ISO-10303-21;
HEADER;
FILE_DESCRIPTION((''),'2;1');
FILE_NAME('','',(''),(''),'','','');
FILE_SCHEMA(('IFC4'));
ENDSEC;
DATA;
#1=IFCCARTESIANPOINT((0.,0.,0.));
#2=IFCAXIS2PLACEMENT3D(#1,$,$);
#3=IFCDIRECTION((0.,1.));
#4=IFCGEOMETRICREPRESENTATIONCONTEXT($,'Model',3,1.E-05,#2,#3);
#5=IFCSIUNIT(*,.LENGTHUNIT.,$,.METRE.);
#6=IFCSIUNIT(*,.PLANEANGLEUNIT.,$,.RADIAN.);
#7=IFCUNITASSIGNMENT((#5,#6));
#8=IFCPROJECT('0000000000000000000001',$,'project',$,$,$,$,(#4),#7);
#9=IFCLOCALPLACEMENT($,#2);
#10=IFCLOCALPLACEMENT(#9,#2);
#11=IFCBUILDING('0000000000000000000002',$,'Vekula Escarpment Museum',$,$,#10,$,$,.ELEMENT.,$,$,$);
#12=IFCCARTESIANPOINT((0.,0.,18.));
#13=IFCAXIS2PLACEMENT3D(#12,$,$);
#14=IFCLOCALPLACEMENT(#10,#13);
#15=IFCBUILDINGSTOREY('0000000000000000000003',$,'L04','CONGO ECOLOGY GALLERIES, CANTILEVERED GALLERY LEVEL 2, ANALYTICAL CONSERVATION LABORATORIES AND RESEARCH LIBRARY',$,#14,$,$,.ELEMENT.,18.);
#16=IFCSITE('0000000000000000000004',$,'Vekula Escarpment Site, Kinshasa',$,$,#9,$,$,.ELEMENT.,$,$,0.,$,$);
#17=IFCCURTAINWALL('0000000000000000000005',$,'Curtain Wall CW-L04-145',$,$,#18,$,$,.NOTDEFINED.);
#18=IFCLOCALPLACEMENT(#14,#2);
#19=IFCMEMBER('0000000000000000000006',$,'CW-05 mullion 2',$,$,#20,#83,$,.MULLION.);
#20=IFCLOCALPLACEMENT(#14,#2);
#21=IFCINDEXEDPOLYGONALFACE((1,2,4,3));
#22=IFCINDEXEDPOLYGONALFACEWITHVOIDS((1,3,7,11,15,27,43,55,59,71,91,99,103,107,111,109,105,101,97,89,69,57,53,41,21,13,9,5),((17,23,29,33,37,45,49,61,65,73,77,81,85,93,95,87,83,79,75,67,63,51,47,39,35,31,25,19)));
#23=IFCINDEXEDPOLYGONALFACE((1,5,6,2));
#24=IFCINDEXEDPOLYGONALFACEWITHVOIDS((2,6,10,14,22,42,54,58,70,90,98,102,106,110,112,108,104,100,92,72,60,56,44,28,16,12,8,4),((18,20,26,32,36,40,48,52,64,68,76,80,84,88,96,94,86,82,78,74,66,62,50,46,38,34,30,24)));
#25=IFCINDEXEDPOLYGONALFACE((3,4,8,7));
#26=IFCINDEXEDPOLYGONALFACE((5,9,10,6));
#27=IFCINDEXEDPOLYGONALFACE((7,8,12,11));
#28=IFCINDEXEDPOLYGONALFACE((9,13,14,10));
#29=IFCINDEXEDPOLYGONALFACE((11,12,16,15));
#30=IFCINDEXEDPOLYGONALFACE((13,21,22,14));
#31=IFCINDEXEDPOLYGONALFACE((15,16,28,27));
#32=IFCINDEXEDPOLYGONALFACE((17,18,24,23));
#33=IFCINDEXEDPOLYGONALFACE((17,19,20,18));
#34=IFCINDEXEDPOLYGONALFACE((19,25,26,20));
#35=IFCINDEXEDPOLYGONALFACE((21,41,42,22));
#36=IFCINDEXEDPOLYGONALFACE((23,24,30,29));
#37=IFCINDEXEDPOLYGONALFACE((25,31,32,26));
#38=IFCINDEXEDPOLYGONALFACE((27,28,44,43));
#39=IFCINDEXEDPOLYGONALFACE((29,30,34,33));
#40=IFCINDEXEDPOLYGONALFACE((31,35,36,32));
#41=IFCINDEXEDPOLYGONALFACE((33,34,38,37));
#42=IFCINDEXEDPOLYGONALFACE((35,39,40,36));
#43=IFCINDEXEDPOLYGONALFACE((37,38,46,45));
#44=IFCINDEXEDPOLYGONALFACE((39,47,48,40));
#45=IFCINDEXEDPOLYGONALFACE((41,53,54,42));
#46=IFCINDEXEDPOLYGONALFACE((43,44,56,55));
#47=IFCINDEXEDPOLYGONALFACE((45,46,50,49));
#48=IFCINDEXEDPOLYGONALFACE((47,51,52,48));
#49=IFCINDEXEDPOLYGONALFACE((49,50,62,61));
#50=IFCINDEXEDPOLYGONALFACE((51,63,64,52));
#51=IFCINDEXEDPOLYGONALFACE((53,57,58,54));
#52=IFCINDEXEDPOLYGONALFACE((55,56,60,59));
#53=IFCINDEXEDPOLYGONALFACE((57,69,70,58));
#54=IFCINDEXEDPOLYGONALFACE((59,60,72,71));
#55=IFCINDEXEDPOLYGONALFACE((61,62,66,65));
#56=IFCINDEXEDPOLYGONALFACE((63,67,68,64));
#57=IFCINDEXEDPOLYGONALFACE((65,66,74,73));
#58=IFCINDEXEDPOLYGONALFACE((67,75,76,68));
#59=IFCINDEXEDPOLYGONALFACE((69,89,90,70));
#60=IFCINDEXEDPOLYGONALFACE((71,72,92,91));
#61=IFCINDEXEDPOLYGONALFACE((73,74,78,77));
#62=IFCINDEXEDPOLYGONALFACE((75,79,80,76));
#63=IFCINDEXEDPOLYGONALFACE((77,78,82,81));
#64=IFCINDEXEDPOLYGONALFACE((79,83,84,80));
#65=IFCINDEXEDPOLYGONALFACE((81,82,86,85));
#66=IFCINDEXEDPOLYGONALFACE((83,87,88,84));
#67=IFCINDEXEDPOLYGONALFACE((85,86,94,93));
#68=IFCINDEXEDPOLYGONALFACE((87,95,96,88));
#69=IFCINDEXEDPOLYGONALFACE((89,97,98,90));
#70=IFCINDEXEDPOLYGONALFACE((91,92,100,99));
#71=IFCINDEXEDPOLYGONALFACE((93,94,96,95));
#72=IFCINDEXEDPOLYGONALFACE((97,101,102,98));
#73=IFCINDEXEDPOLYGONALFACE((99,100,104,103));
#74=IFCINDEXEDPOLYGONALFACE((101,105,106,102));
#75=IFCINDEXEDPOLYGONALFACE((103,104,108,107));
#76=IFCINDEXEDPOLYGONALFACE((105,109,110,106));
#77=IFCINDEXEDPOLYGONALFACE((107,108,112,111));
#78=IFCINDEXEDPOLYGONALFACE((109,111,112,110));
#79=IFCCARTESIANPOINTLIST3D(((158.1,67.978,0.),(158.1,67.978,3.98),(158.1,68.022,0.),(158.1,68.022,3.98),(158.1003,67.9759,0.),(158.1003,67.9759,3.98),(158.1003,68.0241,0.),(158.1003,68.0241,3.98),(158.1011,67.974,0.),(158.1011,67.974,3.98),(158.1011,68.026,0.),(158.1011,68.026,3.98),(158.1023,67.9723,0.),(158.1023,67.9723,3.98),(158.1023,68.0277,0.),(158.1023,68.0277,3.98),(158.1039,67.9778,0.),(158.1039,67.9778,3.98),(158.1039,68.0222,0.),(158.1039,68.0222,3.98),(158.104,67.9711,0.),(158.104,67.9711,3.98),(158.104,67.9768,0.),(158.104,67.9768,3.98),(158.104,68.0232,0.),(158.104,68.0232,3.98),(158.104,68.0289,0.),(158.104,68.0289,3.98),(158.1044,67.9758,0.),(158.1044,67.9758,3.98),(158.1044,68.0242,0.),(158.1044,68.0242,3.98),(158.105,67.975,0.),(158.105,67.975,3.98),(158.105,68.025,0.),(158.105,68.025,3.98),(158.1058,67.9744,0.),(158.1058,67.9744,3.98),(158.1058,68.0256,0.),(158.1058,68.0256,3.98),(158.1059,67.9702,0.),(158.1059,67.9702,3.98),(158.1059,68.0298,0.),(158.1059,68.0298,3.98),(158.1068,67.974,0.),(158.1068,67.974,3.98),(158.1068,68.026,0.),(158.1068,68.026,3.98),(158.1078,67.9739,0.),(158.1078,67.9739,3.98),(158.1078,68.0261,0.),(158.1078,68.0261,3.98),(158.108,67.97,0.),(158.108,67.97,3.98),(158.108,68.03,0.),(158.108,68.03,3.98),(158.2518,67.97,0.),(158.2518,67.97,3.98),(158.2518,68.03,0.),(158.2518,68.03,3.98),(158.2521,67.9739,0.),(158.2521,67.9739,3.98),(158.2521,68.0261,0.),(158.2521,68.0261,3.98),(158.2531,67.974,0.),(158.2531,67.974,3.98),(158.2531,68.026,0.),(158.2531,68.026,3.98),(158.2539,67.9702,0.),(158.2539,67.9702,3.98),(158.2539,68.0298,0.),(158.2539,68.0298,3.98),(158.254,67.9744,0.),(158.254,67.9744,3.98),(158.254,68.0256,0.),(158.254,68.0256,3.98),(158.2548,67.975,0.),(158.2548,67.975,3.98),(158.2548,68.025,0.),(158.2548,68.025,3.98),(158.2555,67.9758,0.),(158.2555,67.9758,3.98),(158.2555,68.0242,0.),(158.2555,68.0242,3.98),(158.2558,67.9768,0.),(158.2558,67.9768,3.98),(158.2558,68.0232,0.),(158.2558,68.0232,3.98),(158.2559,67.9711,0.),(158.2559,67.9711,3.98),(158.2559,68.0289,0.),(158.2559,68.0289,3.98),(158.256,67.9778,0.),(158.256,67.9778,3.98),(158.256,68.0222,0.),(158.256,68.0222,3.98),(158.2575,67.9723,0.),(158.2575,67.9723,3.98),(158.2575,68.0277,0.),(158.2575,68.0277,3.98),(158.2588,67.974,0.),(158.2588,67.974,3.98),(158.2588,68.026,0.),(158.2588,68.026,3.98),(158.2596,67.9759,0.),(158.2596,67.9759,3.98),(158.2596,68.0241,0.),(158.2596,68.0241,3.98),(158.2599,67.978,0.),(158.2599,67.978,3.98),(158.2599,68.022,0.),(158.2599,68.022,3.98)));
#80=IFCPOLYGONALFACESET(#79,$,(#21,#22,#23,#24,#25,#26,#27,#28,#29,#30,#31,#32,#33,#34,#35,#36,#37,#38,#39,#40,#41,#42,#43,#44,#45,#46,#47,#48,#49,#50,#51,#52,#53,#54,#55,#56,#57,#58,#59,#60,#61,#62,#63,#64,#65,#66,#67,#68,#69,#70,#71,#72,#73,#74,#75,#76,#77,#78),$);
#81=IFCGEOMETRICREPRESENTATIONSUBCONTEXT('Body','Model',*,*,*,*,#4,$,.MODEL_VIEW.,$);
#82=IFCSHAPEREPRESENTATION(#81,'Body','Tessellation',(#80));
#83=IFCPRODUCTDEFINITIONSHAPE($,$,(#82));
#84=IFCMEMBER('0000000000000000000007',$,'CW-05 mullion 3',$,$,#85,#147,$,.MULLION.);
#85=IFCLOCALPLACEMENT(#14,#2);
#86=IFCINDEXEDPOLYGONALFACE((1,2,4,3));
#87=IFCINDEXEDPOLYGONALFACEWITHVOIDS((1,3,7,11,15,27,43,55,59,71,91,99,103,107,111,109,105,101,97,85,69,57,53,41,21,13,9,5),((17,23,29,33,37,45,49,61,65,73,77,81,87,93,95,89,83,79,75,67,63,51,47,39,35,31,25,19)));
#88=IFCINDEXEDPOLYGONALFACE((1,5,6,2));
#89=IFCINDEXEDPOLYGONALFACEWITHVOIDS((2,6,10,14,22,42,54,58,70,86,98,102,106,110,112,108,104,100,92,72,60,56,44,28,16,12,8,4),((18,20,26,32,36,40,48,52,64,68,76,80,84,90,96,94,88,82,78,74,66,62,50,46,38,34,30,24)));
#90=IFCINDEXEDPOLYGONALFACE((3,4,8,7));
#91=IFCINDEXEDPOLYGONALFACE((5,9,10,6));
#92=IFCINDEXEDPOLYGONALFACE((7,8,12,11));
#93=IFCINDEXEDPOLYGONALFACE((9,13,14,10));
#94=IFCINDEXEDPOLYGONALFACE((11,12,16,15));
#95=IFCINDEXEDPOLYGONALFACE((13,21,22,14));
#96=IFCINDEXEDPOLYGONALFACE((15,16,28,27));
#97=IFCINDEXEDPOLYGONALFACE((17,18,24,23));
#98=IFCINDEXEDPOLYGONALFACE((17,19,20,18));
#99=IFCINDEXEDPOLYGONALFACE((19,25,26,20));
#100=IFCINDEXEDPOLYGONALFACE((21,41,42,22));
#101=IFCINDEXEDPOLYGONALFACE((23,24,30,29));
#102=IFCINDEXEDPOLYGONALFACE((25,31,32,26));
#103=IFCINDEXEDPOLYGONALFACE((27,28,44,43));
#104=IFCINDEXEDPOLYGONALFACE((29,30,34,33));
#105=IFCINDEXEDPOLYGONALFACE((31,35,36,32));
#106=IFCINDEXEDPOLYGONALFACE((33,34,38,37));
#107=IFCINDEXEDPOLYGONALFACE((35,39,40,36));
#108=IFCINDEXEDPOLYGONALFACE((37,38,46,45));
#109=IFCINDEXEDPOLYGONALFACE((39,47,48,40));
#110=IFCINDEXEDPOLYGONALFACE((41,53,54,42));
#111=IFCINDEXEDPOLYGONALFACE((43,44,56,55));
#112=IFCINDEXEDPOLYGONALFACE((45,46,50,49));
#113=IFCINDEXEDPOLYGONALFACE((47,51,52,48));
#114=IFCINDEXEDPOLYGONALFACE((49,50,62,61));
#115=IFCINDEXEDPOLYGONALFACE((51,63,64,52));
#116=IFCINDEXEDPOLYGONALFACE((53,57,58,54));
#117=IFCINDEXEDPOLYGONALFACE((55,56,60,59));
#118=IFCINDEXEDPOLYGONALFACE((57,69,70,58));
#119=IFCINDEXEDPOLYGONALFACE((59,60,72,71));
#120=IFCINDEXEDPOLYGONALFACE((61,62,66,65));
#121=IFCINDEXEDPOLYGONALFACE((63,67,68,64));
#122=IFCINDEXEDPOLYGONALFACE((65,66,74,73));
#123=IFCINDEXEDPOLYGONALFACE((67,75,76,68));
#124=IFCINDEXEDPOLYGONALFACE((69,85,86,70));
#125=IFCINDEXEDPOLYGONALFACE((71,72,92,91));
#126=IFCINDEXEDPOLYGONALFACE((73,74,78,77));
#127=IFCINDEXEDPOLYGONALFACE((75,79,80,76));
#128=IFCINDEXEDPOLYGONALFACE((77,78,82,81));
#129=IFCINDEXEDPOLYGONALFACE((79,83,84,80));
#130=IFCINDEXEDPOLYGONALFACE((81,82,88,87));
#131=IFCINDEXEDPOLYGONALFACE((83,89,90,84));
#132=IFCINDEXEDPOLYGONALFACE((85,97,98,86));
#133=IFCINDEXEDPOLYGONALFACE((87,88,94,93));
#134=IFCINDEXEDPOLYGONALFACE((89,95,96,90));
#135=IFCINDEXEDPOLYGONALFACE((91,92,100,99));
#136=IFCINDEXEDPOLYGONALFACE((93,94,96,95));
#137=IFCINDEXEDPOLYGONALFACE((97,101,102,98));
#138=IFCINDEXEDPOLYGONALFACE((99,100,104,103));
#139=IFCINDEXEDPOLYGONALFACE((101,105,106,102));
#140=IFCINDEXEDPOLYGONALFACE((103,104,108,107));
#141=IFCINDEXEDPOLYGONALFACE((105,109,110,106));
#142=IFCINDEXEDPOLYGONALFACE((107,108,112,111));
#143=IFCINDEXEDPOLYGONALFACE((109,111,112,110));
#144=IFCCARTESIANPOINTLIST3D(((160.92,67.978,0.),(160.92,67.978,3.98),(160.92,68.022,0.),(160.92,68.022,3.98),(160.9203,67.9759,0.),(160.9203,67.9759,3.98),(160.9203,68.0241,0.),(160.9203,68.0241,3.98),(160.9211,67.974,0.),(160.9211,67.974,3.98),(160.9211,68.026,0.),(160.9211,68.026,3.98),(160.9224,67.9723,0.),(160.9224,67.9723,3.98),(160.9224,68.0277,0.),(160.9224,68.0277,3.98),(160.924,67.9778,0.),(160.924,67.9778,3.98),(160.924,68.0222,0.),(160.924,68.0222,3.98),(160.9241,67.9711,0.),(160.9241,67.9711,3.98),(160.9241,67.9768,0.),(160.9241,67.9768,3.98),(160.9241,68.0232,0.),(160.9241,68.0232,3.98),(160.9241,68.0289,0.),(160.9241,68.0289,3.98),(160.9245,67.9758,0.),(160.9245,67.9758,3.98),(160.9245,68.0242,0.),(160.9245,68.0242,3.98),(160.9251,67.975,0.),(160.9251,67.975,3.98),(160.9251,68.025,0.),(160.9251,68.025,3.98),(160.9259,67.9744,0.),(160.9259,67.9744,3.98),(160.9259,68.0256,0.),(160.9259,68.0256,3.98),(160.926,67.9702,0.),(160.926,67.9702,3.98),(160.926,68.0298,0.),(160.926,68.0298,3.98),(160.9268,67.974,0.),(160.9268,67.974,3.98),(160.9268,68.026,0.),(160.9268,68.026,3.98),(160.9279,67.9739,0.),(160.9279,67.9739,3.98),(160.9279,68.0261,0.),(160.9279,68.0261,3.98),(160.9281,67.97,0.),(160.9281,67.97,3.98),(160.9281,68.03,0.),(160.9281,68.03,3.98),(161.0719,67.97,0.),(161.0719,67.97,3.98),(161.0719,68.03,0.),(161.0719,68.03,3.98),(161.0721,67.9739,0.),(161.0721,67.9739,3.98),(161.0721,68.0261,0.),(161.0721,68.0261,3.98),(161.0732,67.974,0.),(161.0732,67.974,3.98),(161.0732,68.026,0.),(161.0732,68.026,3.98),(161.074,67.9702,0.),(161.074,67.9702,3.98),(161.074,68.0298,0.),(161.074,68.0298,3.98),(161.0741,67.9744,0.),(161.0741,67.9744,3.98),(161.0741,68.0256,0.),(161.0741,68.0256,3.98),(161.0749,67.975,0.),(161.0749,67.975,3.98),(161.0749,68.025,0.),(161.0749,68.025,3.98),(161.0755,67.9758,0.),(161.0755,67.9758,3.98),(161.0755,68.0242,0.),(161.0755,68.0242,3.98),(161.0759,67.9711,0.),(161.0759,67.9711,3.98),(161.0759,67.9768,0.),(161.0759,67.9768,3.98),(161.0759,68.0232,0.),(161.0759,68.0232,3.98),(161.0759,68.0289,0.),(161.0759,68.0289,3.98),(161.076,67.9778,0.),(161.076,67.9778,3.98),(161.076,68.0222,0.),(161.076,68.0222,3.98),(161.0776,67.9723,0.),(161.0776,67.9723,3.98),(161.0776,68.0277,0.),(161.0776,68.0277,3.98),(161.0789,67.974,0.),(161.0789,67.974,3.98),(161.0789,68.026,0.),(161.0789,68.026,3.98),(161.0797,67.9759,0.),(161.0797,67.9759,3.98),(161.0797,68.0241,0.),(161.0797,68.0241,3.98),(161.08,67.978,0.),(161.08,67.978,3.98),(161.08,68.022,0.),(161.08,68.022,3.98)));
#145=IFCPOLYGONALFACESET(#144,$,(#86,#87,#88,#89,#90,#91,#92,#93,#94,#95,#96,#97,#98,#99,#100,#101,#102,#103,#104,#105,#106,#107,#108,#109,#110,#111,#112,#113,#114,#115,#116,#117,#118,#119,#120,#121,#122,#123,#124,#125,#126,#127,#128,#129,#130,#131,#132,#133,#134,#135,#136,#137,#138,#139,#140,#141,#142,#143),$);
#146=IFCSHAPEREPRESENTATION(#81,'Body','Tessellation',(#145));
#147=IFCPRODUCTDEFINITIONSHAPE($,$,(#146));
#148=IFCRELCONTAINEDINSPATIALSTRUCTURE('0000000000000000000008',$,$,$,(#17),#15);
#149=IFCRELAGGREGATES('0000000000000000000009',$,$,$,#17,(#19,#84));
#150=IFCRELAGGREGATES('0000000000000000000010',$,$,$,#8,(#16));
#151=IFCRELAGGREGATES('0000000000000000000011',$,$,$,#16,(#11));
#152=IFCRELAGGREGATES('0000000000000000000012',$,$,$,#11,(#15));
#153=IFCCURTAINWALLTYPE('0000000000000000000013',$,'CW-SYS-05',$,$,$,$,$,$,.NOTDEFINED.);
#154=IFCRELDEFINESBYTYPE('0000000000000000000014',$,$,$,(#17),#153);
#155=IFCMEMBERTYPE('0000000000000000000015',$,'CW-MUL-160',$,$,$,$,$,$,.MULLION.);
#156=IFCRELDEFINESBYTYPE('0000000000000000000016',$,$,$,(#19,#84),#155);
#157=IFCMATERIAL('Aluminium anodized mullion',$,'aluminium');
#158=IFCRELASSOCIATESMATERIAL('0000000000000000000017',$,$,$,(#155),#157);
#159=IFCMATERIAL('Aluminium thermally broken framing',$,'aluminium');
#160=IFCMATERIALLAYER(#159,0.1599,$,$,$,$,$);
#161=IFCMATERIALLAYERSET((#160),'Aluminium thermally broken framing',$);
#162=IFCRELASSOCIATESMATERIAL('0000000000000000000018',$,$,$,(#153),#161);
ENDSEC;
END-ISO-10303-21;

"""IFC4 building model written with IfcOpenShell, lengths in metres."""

from ifc_helpers import new_model, si_unit, direction, frame, origin, origin_2d, place, context, subcontext, project, spatial, hollow_rectangle, extrude, material, layer, layer_set, material_profile, profile_set, type_object, element, aggregate, save


model = new_model("IFC4")

# Units and contexts
model_context = context("Model", 3, precision=1e-05, world=origin(), true_north=direction((0.0, 1.0)))
body_context = subcontext(model_context, "Body", "Model", "MODEL_VIEW")
ifc_project = project(units=[si_unit("LENGTHUNIT", "METRE"), si_unit("PLANEANGLEUNIT", "RADIAN")], contexts=[model_context])

# Site, building, storey
site_placement = place(None, origin())
site = spatial("IfcSite", under=ifc_project, at=site_placement, Name="Vekula Escarpment Site, Kinshasa", CompositionType="ELEMENT", RefElevation=0.0)
building_placement = place(site_placement, origin())
building = spatial("IfcBuilding", under=site, at=building_placement, Name="Vekula Escarpment Museum", CompositionType="ELEMENT")
storey_placement = place(building_placement, frame((0.0, 0.0, 18.0)))
storey = spatial("IfcBuildingStorey", under=building, at=storey_placement, Name="L04", Description="CONGO ECOLOGY GALLERIES, CANTILEVERED GALLERY LEVEL 2, ANALYTICAL CONSERVATION LABORATORIES AND RESEARCH LIBRARY", CompositionType="ELEMENT", Elevation=18.0)

# Curtain wall, members
ifc_material_1 = material(Name="Aluminium anodized mullion", Category="aluminium")
ifc_material_profile_1 = material_profile(ifc_material_1, hollow_rectangle(XDim=0.0601, YDim=0.1599, WallThickness=0.0039, InnerFilletRadius=0.0039, OuterFilletRadius=0.0081, at=origin_2d()), Name="ALU 160x60x4")
ifc_profile_set_1 = profile_set([ifc_material_profile_1], Name="Aluminium anodized mullion")
member_type_1 = type_object("IfcMemberType", Name="CW-MUL-160", PredefinedType="MULLION", material=ifc_profile_set_1)
ifc_material_2 = material(Name="Aluminium thermally broken framing", Category="aluminium")
ifc_layer_1 = layer(ifc_material_2, 0.1599)
ifc_layer_set_1 = layer_set([ifc_layer_1], Name="Aluminium thermally broken framing")
curtain_wall_type_1 = type_object("IfcCurtainWallType", Name="CW-SYS-05", PredefinedType="NOTDEFINED", material=ifc_layer_set_1)
curtain_wall_1_placement = place(storey_placement, origin())
curtain_wall_1 = element("IfcCurtainWall", 1, at=curtain_wall_1_placement, inside=storey, type_object=curtain_wall_type_1, Name="Curtain Wall CW-L04-145", PredefinedType="NOTDEFINED")
member_1_placement = place(storey_placement, frame((158.1799, 68.0, 0.0), z_axis=(0.0, 0.0, 1.0), x_axis=(0.0, 1.0, 0.0)))
member_1 = element("IfcMember", 2, at=member_1_placement, type_object=member_type_1, Name="CW-05 mullion 2", PredefinedType="MULLION", context=body_context, shape_type="SweptSolid", body=[
    extrude(hollow_rectangle(XDim=0.0601, YDim=0.1599, WallThickness=0.0039, InnerFilletRadius=0.0039, OuterFilletRadius=0.0081, at=origin_2d()), origin(), (0.0, 0.0, 1.0), 3.98),
])
member_2_placement = place(storey_placement, frame((161.0, 68.0, 0.0), z_axis=(0.0, 0.0, 1.0), x_axis=(0.0, 1.0, 0.0)))
member_2 = element("IfcMember", 3, at=member_2_placement, type_object=member_type_1, Name="CW-05 mullion 3", PredefinedType="MULLION", context=body_context, shape_type="SweptSolid", body=[
    extrude(hollow_rectangle(XDim=0.0601, YDim=0.1599, WallThickness=0.0039, InnerFilletRadius=0.0039, OuterFilletRadius=0.0081, at=origin_2d()), origin(), (0.0, 0.0, 1.0), 3.98),
])

aggregate(curtain_wall_1, [member_1, member_2])

save(model, "model.ifc")
